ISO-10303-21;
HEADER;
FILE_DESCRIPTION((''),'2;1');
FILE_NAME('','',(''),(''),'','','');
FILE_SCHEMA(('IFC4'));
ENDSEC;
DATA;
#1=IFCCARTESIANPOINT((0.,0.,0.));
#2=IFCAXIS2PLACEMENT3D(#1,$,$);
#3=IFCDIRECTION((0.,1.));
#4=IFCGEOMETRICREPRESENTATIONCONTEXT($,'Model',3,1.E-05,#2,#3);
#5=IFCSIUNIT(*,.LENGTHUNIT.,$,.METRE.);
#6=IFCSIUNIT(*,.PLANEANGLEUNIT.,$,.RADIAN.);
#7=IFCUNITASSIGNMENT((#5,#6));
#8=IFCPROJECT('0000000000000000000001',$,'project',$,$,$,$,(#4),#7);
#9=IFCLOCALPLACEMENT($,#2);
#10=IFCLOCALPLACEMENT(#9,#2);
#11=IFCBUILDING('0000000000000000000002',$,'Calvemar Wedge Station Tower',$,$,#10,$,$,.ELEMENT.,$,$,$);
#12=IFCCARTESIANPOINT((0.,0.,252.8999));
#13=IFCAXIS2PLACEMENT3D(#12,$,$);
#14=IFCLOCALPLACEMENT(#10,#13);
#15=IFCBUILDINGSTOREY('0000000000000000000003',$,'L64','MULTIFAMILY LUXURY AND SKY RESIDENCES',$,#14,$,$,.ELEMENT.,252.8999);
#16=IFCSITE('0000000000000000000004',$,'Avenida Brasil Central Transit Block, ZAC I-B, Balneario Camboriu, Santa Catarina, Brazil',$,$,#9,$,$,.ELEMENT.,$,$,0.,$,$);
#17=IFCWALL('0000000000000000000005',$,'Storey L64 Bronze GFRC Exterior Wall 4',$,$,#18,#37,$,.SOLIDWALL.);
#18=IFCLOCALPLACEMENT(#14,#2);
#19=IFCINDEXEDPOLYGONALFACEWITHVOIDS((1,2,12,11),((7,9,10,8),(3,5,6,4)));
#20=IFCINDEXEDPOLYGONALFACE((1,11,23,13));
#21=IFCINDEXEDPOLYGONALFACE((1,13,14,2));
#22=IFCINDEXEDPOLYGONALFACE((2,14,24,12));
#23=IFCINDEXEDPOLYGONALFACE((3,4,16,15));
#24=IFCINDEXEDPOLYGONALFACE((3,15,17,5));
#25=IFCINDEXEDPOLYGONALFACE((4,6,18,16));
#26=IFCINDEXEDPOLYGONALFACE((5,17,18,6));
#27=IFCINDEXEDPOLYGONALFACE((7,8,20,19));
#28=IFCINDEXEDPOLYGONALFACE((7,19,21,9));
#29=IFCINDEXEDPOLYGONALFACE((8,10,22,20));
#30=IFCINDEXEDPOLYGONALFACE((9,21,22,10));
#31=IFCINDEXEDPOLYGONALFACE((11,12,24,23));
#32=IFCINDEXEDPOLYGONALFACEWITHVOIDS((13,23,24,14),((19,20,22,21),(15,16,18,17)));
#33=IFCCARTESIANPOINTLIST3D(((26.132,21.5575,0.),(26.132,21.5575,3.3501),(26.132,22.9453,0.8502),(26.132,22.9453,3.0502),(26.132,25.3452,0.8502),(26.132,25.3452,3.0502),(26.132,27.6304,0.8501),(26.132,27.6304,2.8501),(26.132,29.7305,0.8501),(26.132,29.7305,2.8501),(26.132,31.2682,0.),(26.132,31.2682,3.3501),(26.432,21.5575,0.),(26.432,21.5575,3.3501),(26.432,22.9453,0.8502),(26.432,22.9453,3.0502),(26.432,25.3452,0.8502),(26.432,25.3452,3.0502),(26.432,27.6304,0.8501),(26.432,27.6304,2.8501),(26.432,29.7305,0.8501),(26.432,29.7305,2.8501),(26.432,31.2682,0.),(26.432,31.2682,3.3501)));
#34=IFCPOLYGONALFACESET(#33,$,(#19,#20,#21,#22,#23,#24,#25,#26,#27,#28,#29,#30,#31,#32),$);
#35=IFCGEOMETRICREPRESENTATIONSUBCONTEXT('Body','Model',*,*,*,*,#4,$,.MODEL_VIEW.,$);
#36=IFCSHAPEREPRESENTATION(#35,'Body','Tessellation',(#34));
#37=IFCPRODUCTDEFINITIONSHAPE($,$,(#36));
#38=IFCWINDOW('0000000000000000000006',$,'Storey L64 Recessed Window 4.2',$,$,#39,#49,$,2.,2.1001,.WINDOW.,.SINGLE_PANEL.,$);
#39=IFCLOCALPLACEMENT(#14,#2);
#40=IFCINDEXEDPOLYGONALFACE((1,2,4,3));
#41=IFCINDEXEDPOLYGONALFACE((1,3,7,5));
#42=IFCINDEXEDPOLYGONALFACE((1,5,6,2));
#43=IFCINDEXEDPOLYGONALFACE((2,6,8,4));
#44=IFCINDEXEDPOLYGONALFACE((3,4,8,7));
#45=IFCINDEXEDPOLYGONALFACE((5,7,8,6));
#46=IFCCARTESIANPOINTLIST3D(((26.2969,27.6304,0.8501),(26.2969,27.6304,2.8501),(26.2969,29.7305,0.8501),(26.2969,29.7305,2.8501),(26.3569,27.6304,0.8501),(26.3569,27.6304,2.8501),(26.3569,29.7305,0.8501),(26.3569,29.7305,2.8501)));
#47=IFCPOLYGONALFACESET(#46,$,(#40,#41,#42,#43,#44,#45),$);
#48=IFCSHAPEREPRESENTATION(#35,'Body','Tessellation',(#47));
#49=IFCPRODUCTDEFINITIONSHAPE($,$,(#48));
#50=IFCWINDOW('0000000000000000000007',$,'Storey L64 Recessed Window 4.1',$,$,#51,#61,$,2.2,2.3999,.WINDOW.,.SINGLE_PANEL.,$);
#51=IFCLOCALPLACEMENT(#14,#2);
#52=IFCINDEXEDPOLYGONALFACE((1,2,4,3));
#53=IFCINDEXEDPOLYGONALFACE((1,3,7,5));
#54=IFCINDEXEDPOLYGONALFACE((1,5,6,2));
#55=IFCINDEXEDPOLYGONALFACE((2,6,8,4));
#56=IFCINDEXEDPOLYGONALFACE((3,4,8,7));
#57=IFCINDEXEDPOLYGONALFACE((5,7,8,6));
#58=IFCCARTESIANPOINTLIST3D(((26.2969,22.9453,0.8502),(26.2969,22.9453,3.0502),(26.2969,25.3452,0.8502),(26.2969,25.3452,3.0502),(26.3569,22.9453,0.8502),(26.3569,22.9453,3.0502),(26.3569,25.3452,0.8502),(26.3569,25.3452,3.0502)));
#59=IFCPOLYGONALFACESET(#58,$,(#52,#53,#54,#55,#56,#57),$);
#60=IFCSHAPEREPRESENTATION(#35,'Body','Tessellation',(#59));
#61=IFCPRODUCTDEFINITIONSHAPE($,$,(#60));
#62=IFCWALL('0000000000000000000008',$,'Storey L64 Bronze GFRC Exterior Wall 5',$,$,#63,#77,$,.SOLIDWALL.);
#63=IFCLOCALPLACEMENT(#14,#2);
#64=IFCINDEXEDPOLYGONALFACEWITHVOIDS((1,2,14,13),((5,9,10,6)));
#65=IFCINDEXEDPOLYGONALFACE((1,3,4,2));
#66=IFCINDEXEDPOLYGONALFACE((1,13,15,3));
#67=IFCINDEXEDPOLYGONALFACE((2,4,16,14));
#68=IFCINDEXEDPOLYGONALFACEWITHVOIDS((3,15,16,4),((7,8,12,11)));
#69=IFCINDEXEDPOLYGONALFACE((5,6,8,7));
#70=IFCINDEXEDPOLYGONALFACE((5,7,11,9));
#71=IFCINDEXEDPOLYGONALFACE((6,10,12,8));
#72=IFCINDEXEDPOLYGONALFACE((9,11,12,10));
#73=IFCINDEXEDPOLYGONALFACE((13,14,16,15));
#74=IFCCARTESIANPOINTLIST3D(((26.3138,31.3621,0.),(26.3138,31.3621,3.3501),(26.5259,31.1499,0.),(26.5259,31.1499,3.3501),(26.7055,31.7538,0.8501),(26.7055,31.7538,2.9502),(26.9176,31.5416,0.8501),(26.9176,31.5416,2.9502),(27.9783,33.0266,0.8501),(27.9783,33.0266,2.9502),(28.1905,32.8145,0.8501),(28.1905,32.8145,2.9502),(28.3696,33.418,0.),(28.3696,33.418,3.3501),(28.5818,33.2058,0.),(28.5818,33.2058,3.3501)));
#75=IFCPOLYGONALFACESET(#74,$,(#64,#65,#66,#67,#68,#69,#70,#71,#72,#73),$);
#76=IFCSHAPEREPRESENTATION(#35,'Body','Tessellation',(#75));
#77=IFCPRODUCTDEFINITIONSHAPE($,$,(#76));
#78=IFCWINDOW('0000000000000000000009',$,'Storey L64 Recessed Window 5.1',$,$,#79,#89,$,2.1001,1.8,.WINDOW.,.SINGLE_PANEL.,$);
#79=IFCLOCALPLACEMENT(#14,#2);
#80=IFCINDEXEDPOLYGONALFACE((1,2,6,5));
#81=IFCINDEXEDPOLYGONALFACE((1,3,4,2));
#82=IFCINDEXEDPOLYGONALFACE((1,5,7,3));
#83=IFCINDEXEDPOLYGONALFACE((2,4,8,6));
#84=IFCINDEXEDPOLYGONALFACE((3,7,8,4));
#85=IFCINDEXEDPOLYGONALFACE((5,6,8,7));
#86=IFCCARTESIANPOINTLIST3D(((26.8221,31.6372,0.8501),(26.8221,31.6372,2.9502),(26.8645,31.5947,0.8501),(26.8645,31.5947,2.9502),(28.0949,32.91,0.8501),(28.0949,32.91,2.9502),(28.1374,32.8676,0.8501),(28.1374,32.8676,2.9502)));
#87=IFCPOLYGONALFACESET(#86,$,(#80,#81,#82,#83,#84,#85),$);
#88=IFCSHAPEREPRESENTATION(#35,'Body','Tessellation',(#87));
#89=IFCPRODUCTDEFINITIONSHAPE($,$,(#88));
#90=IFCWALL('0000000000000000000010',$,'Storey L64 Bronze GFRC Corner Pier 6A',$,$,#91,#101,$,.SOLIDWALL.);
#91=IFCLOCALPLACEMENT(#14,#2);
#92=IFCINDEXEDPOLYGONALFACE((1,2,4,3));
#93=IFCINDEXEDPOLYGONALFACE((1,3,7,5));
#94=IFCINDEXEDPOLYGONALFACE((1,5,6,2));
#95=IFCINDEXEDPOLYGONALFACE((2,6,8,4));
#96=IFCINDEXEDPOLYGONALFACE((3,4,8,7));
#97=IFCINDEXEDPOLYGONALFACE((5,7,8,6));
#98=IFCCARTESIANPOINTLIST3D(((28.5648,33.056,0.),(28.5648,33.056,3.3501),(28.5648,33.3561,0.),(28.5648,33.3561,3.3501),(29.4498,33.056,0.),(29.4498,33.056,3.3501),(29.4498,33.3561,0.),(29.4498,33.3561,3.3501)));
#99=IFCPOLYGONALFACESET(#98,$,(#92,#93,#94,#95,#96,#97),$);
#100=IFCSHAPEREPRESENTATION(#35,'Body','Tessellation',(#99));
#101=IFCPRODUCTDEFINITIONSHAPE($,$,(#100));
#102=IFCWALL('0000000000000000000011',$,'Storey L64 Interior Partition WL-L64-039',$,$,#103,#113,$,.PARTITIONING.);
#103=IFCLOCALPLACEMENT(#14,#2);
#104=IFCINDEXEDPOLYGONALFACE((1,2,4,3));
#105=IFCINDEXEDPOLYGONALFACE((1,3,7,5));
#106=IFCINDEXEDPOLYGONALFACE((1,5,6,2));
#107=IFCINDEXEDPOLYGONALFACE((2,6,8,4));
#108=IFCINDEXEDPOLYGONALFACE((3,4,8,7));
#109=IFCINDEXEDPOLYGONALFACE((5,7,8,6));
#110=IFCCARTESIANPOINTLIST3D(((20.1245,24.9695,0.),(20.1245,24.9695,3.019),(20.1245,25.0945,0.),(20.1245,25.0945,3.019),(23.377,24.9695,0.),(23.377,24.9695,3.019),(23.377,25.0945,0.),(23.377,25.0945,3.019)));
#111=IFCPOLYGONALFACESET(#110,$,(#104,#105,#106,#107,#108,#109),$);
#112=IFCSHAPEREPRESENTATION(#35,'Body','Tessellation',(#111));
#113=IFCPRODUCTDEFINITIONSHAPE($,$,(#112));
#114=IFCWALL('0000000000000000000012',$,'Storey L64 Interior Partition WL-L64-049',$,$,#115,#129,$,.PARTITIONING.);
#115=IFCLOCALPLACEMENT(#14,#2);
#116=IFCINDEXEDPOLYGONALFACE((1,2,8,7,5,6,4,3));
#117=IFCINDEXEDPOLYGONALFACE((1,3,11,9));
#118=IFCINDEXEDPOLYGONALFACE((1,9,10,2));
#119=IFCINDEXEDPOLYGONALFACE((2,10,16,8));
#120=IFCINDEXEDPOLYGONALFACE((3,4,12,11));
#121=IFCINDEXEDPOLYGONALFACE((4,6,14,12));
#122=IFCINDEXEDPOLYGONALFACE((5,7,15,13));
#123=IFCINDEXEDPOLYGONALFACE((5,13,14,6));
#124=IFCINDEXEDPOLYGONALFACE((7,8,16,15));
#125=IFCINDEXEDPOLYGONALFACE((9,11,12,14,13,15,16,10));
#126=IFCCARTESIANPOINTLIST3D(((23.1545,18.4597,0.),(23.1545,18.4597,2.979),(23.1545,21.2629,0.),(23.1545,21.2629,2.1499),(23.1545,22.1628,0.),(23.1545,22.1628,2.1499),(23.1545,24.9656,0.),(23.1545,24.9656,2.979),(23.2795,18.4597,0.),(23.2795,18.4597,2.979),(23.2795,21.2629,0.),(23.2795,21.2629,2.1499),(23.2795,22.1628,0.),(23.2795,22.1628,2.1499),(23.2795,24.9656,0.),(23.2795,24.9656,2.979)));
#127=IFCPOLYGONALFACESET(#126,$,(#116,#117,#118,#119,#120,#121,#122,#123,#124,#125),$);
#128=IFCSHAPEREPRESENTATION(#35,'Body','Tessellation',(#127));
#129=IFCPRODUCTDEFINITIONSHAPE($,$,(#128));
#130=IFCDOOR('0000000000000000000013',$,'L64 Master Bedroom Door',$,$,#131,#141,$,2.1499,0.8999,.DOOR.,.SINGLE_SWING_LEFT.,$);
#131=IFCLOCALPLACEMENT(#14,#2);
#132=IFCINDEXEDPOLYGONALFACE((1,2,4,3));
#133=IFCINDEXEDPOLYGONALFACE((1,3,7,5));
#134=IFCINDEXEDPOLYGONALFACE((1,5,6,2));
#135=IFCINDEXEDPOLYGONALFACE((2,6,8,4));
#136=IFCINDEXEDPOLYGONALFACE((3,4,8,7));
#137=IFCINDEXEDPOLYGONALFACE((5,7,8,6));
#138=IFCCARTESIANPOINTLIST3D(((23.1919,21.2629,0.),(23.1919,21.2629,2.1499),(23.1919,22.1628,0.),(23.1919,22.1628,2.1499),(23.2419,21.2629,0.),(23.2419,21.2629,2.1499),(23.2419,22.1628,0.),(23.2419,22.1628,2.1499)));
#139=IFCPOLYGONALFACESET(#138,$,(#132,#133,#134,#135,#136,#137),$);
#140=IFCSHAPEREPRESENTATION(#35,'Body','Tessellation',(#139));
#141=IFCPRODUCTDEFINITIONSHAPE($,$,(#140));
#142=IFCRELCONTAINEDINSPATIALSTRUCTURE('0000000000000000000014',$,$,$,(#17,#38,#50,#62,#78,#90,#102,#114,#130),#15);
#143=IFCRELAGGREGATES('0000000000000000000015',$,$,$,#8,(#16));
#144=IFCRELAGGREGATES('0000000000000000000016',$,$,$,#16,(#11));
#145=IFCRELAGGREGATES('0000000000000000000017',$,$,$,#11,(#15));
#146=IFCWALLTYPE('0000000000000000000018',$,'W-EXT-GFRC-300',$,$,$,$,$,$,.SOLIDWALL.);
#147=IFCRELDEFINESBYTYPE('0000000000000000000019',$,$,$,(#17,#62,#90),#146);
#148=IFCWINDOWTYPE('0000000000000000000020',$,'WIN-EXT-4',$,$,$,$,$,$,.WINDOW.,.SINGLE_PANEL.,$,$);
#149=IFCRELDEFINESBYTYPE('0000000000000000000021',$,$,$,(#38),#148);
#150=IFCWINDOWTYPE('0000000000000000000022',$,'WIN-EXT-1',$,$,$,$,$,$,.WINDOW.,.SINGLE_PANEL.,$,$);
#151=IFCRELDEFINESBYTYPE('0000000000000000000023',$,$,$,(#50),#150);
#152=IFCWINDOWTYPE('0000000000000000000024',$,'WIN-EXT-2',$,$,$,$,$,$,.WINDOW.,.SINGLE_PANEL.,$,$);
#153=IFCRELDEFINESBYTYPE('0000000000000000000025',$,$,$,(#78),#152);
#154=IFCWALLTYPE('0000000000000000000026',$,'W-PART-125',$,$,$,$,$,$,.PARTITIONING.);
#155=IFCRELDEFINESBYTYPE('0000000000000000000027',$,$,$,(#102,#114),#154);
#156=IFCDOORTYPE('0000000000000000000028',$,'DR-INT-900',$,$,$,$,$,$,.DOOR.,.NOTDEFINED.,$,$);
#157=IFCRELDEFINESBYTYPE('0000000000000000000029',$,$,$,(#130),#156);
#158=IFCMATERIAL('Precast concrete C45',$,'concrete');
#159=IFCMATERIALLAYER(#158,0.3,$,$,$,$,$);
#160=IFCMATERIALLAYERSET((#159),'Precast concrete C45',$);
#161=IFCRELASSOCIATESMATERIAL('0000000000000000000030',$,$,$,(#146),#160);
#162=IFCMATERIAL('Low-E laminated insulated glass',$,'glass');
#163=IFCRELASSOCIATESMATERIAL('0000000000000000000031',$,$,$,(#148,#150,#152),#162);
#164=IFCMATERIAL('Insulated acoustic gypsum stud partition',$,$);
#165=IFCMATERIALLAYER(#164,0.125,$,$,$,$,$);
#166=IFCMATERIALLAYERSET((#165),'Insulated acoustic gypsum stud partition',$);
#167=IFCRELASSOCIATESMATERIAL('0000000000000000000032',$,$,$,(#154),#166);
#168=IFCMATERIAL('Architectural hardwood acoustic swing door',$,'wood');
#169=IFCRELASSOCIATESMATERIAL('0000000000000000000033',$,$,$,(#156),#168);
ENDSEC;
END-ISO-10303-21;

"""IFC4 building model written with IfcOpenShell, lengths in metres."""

from ifc_helpers import new_model, si_unit, direction, frame, frame_2d, origin, place, context, subcontext, project, spatial, rectangle, extrude, source, transform, mapped, material, layer, layer_set, type_object, element, fill, save


model = new_model("IFC4")

# Units and contexts
model_context = context("Model", 3, precision=1e-05, world=origin(), true_north=direction((0.0, 1.0)))
body_context = subcontext(model_context, "Body", "Model", "MODEL_VIEW")
ifc_project = project(units=[si_unit("LENGTHUNIT", "METRE"), si_unit("PLANEANGLEUNIT", "RADIAN")], contexts=[model_context])

# Site, building, storey
site_placement = place(None, origin())
site = spatial("IfcSite", under=ifc_project, at=site_placement, Name="Avenida Brasil Central Transit Block, ZAC I-B, Balneario Camboriu, Santa Catarina, Brazil", CompositionType="ELEMENT", RefElevation=0.0)
building_placement = place(site_placement, origin())
building = spatial("IfcBuilding", under=site, at=building_placement, Name="Calvemar Wedge Station Tower", CompositionType="ELEMENT")
storey_placement = place(building_placement, frame((0.0, 0.0, 252.8999)))
storey = spatial("IfcBuildingStorey", under=building, at=storey_placement, Name="L64", Description="MULTIFAMILY LUXURY AND SKY RESIDENCES", CompositionType="ELEMENT", Elevation=252.8999)

# Shared definitions
ifc_material_1 = material(Name="Precast concrete C45", Category="concrete")

# Shared definitions
ifc_layer_1 = layer(ifc_material_1, 0.3)
ifc_layer_set_1 = layer_set([ifc_layer_1], Name="Precast concrete C45")
wall_type_1 = type_object("IfcWallType", Name="W-EXT-GFRC-300", PredefinedType="SOLIDWALL", material=ifc_layer_set_1)
shared_shape_1 = source(origin(), body_context, "Body", "SweptSolid", [
    extrude(rectangle(XDim=2.1001, YDim=2.0, at=frame_2d((1.05, 1.0))), frame((0.0, 0.1602, 0.0), z_axis=(0.0, -1.0, 0.0), x_axis=(1.0, 0.0, 0.0)), (0.0, 0.0, 1.0), 0.3201),
])
ifc_material_2 = material(Name="Low-E laminated insulated glass", Category="glass")
window_type_1 = type_object("IfcWindowType", Name="WIN-EXT-4", PartitioningType="SINGLE_PANEL", PredefinedType="WINDOW", material=ifc_material_2)
shared_shape_2 = source(origin(), body_context, "Body", "SweptSolid", [
    extrude(rectangle(XDim=2.1001, YDim=2.0, at=frame_2d((1.05, 1.0))), frame((0.0, -0.0149, 0.0), z_axis=(0.0, -1.0, 0.0), x_axis=(1.0, 0.0, 0.0)), (0.0, 0.0, 1.0), 0.0601),
])

# Wall, openings, windows
wall_1_placement = place(storey_placement, frame((26.282, 21.5574, 0.0), z_axis=(0.0, 0.0, 1.0), x_axis=(0.0, 1.0, 0.0)))
wall_1 = element("IfcWall", 1, at=wall_1_placement, inside=storey, type_object=wall_type_1, Name="Storey L64 Bronze GFRC Exterior Wall 4", PredefinedType="SOLIDWALL", context=body_context, shape_type="SweptSolid", body=[
    extrude(rectangle(XDim=9.7107, YDim=0.3, at=frame_2d((4.8555, 0.0))), origin(), (0.0, 0.0, 1.0), 3.3501),
])
shared_shape_3 = source(origin(), body_context, "Body", "SweptSolid", [
    extrude(rectangle(XDim=2.3999, YDim=2.2, at=frame_2d((1.2, 1.1001))), frame((0.0, 0.1602, 0.0), z_axis=(0.0, -1.0, 0.0), x_axis=(1.0, 0.0, 0.0)), (0.0, 0.0, 1.0), 0.3201),
])
opening_1_placement = place(wall_1_placement, frame((1.3879, 0.0, 0.8501)))
opening_1 = element("IfcOpeningElement", 2, at=opening_1_placement, cuts=wall_1, PredefinedType="OPENING", context=body_context, shape_type="MappedRepresentation", body=[
    mapped(shared_shape_3, transform((0.0, 0.0, 0.0), scale=1.0)),
])
opening_2_placement = place(wall_1_placement, frame((6.073, 0.0, 0.8501)))
opening_2 = element("IfcOpeningElement", 3, at=opening_2_placement, cuts=wall_1, PredefinedType="OPENING", context=body_context, shape_type="MappedRepresentation", body=[
    mapped(shared_shape_1, transform((0.0, 0.0, 0.0), scale=1.0)),
])
window_1_placement = place(opening_2_placement, origin())
window_1 = element("IfcWindow", 4, at=window_1_placement, inside=storey, type_object=window_type_1, Name="Storey L64 Recessed Window 4.2", OverallHeight=2.0, OverallWidth=2.1001, PartitioningType="SINGLE_PANEL", PredefinedType="WINDOW", context=body_context, shape_type="MappedRepresentation", body=[
    mapped(shared_shape_2, transform((0.0, 0.0, 0.0), scale=1.0)),
])
fill(opening_2, window_1)
window_type_2 = type_object("IfcWindowType", Name="WIN-EXT-1", PartitioningType="SINGLE_PANEL", PredefinedType="WINDOW", material=ifc_material_2)
shared_shape_4 = source(origin(), body_context, "Body", "SweptSolid", [
    extrude(rectangle(XDim=2.3999, YDim=2.2, at=frame_2d((1.2, 1.1001))), frame((0.0, -0.0149, 0.0), z_axis=(0.0, -1.0, 0.0), x_axis=(1.0, 0.0, 0.0)), (0.0, 0.0, 1.0), 0.0601),
])
window_2_placement = place(opening_1_placement, origin())
window_2 = element("IfcWindow", 5, at=window_2_placement, inside=storey, type_object=window_type_2, Name="Storey L64 Recessed Window 4.1", OverallHeight=2.2, OverallWidth=2.3999, PartitioningType="SINGLE_PANEL", PredefinedType="WINDOW", context=body_context, shape_type="MappedRepresentation", body=[
    mapped(shared_shape_4, transform((0.0, 0.0, 0.0), scale=1.0)),
])
fill(opening_1, window_2)

# Wall, opening, window
wall_2_placement = place(storey_placement, frame((26.4199, 31.2561, 0.0), z_axis=(0.0, 0.0, 1.0), x_axis=(0.707107, 0.707107, 0.0)))
wall_2 = element("IfcWall", 6, at=wall_2_placement, inside=storey, type_object=wall_type_1, Name="Storey L64 Bronze GFRC Exterior Wall 5", PredefinedType="SOLIDWALL", context=body_context, shape_type="SweptSolid", body=[
    extrude(rectangle(XDim=2.9075, YDim=0.3, at=frame_2d((1.4536, 0.0))), origin(), (0.0, 0.0, 1.0), 3.3501),
])
shared_shape_5 = source(origin(), body_context, "Body", "SweptSolid", [
    extrude(rectangle(XDim=1.8, YDim=2.1001, at=frame_2d((0.8999, 1.05))), frame((0.0, 0.1602, 0.0), z_axis=(0.0, -1.0, 0.0), x_axis=(1.0, 0.0, 0.0)), (0.0, 0.0, 1.0), 0.3201),
])
opening_3_placement = place(wall_2_placement, frame((0.554, 0.0, 0.8501)))
opening_3 = element("IfcOpeningElement", 7, at=opening_3_placement, cuts=wall_2, PredefinedType="OPENING", context=body_context, shape_type="MappedRepresentation", body=[
    mapped(shared_shape_5, transform((0.0, 0.0, 0.0), scale=1.0)),
])
window_type_3 = type_object("IfcWindowType", Name="WIN-EXT-2", PartitioningType="SINGLE_PANEL", PredefinedType="WINDOW", material=ifc_material_2)
shared_shape_6 = source(origin(), body_context, "Body", "SweptSolid", [
    extrude(rectangle(XDim=1.8, YDim=2.1001, at=frame_2d((0.8999, 1.05))), frame((0.0, -0.0149, 0.0), z_axis=(0.0, -1.0, 0.0), x_axis=(1.0, 0.0, 0.0)), (0.0, 0.0, 1.0), 0.0601),
])
window_3_placement = place(opening_3_placement, origin())
window_3 = element("IfcWindow", 8, at=window_3_placement, inside=storey, type_object=window_type_3, Name="Storey L64 Recessed Window 5.1", OverallHeight=2.1001, OverallWidth=1.8, PartitioningType="SINGLE_PANEL", PredefinedType="WINDOW", context=body_context, shape_type="MappedRepresentation", body=[
    mapped(shared_shape_6, transform((0.0, 0.0, 0.0), scale=1.0)),
])
fill(opening_3, window_3)

# Walls
wall_3_placement = place(storey_placement, frame((28.5649, 33.2061, 0.0), z_axis=(0.0, 0.0, 1.0), x_axis=(1.0, 0.0, 0.0)))
element("IfcWall", 9, at=wall_3_placement, inside=storey, type_object=wall_type_1, Name="Storey L64 Bronze GFRC Corner Pier 6A", PredefinedType="SOLIDWALL", context=body_context, shape_type="SweptSolid", body=[
    extrude(rectangle(XDim=0.885, YDim=0.3, at=frame_2d((0.4424, 0.0))), origin(), (0.0, 0.0, 1.0), 3.3501),
])
ifc_material_3 = material(Name="Insulated acoustic gypsum stud partition")
ifc_layer_2 = layer(ifc_material_3, 0.125)
ifc_layer_set_2 = layer_set([ifc_layer_2], Name="Insulated acoustic gypsum stud partition")
wall_type_2 = type_object("IfcWallType", Name="W-PART-125", PredefinedType="PARTITIONING", material=ifc_layer_set_2)
wall_4_placement = place(storey_placement, frame((23.377, 25.032, 0.0), z_axis=(0.0, 0.0, 1.0), x_axis=(-1.0, 0.0, 0.0)))
element("IfcWall", 10, at=wall_4_placement, inside=storey, type_object=wall_type_2, Name="Storey L64 Interior Partition WL-L64-039", PredefinedType="PARTITIONING", context=body_context, shape_type="SweptSolid", body=[
    extrude(rectangle(XDim=3.2524, YDim=0.125, at=frame_2d((1.6262, 0.0))), origin(), (0.0, 0.0, 1.0), 3.019),
])

# Wall, opening, door
wall_5_placement = place(storey_placement, frame((23.217, 24.9656, 0.0), z_axis=(0.0, 0.0, 1.0), x_axis=(0.0, -1.0, 0.0)))
wall_5 = element("IfcWall", 11, at=wall_5_placement, inside=storey, type_object=wall_type_2, Name="Storey L64 Interior Partition WL-L64-049", PredefinedType="PARTITIONING", context=body_context, shape_type="SweptSolid", body=[
    extrude(rectangle(XDim=6.5059, YDim=0.125, at=frame_2d((3.2529, 0.0))), origin(), (0.0, 0.0, 1.0), 2.979),
])
shared_shape_7 = source(origin(), body_context, "Body", "SweptSolid", [
    extrude(rectangle(XDim=0.8999, YDim=2.1499, at=frame_2d((0.45, 1.075))), frame((0.0, 0.0725, 0.0), z_axis=(0.0, -1.0, 0.0), x_axis=(1.0, 0.0, 0.0)), (0.0, 0.0, 1.0), 0.145),
])
opening_4_placement = place(wall_5_placement, frame((2.8027, 0.0, 0.0)))
opening_4 = element("IfcOpeningElement", 12, at=opening_4_placement, cuts=wall_5, PredefinedType="OPENING", context=body_context, shape_type="MappedRepresentation", body=[
    mapped(shared_shape_7, transform((0.0, 0.0, 0.0), scale=1.0)),
])
ifc_material_4 = material(Name="Architectural hardwood acoustic swing door", Category="wood")
door_type = type_object("IfcDoorType", Name="DR-INT-900", OperationType="NOTDEFINED", PredefinedType="DOOR", material=ifc_material_4)
shared_shape_8 = source(origin(), body_context, "Body", "SweptSolid", [
    extrude(rectangle(XDim=0.8999, YDim=2.1499, at=frame_2d((0.45, 1.075))), frame((0.0, 0.0249, 0.0), z_axis=(0.0, -1.0, 0.0), x_axis=(1.0, 0.0, 0.0)), (0.0, 0.0, 1.0), 0.05),
])
door_placement = place(opening_4_placement, origin())
door = element("IfcDoor", 13, at=door_placement, inside=storey, type_object=door_type, Name="L64 Master Bedroom Door", OperationType="SINGLE_SWING_LEFT", OverallHeight=2.1499, OverallWidth=0.8999, PredefinedType="DOOR", context=body_context, shape_type="MappedRepresentation", body=[
    mapped(shared_shape_8, transform((0.0, 0.0, 0.0), scale=1.0)),
])
fill(opening_4, door)

save(model, "model.ifc")
